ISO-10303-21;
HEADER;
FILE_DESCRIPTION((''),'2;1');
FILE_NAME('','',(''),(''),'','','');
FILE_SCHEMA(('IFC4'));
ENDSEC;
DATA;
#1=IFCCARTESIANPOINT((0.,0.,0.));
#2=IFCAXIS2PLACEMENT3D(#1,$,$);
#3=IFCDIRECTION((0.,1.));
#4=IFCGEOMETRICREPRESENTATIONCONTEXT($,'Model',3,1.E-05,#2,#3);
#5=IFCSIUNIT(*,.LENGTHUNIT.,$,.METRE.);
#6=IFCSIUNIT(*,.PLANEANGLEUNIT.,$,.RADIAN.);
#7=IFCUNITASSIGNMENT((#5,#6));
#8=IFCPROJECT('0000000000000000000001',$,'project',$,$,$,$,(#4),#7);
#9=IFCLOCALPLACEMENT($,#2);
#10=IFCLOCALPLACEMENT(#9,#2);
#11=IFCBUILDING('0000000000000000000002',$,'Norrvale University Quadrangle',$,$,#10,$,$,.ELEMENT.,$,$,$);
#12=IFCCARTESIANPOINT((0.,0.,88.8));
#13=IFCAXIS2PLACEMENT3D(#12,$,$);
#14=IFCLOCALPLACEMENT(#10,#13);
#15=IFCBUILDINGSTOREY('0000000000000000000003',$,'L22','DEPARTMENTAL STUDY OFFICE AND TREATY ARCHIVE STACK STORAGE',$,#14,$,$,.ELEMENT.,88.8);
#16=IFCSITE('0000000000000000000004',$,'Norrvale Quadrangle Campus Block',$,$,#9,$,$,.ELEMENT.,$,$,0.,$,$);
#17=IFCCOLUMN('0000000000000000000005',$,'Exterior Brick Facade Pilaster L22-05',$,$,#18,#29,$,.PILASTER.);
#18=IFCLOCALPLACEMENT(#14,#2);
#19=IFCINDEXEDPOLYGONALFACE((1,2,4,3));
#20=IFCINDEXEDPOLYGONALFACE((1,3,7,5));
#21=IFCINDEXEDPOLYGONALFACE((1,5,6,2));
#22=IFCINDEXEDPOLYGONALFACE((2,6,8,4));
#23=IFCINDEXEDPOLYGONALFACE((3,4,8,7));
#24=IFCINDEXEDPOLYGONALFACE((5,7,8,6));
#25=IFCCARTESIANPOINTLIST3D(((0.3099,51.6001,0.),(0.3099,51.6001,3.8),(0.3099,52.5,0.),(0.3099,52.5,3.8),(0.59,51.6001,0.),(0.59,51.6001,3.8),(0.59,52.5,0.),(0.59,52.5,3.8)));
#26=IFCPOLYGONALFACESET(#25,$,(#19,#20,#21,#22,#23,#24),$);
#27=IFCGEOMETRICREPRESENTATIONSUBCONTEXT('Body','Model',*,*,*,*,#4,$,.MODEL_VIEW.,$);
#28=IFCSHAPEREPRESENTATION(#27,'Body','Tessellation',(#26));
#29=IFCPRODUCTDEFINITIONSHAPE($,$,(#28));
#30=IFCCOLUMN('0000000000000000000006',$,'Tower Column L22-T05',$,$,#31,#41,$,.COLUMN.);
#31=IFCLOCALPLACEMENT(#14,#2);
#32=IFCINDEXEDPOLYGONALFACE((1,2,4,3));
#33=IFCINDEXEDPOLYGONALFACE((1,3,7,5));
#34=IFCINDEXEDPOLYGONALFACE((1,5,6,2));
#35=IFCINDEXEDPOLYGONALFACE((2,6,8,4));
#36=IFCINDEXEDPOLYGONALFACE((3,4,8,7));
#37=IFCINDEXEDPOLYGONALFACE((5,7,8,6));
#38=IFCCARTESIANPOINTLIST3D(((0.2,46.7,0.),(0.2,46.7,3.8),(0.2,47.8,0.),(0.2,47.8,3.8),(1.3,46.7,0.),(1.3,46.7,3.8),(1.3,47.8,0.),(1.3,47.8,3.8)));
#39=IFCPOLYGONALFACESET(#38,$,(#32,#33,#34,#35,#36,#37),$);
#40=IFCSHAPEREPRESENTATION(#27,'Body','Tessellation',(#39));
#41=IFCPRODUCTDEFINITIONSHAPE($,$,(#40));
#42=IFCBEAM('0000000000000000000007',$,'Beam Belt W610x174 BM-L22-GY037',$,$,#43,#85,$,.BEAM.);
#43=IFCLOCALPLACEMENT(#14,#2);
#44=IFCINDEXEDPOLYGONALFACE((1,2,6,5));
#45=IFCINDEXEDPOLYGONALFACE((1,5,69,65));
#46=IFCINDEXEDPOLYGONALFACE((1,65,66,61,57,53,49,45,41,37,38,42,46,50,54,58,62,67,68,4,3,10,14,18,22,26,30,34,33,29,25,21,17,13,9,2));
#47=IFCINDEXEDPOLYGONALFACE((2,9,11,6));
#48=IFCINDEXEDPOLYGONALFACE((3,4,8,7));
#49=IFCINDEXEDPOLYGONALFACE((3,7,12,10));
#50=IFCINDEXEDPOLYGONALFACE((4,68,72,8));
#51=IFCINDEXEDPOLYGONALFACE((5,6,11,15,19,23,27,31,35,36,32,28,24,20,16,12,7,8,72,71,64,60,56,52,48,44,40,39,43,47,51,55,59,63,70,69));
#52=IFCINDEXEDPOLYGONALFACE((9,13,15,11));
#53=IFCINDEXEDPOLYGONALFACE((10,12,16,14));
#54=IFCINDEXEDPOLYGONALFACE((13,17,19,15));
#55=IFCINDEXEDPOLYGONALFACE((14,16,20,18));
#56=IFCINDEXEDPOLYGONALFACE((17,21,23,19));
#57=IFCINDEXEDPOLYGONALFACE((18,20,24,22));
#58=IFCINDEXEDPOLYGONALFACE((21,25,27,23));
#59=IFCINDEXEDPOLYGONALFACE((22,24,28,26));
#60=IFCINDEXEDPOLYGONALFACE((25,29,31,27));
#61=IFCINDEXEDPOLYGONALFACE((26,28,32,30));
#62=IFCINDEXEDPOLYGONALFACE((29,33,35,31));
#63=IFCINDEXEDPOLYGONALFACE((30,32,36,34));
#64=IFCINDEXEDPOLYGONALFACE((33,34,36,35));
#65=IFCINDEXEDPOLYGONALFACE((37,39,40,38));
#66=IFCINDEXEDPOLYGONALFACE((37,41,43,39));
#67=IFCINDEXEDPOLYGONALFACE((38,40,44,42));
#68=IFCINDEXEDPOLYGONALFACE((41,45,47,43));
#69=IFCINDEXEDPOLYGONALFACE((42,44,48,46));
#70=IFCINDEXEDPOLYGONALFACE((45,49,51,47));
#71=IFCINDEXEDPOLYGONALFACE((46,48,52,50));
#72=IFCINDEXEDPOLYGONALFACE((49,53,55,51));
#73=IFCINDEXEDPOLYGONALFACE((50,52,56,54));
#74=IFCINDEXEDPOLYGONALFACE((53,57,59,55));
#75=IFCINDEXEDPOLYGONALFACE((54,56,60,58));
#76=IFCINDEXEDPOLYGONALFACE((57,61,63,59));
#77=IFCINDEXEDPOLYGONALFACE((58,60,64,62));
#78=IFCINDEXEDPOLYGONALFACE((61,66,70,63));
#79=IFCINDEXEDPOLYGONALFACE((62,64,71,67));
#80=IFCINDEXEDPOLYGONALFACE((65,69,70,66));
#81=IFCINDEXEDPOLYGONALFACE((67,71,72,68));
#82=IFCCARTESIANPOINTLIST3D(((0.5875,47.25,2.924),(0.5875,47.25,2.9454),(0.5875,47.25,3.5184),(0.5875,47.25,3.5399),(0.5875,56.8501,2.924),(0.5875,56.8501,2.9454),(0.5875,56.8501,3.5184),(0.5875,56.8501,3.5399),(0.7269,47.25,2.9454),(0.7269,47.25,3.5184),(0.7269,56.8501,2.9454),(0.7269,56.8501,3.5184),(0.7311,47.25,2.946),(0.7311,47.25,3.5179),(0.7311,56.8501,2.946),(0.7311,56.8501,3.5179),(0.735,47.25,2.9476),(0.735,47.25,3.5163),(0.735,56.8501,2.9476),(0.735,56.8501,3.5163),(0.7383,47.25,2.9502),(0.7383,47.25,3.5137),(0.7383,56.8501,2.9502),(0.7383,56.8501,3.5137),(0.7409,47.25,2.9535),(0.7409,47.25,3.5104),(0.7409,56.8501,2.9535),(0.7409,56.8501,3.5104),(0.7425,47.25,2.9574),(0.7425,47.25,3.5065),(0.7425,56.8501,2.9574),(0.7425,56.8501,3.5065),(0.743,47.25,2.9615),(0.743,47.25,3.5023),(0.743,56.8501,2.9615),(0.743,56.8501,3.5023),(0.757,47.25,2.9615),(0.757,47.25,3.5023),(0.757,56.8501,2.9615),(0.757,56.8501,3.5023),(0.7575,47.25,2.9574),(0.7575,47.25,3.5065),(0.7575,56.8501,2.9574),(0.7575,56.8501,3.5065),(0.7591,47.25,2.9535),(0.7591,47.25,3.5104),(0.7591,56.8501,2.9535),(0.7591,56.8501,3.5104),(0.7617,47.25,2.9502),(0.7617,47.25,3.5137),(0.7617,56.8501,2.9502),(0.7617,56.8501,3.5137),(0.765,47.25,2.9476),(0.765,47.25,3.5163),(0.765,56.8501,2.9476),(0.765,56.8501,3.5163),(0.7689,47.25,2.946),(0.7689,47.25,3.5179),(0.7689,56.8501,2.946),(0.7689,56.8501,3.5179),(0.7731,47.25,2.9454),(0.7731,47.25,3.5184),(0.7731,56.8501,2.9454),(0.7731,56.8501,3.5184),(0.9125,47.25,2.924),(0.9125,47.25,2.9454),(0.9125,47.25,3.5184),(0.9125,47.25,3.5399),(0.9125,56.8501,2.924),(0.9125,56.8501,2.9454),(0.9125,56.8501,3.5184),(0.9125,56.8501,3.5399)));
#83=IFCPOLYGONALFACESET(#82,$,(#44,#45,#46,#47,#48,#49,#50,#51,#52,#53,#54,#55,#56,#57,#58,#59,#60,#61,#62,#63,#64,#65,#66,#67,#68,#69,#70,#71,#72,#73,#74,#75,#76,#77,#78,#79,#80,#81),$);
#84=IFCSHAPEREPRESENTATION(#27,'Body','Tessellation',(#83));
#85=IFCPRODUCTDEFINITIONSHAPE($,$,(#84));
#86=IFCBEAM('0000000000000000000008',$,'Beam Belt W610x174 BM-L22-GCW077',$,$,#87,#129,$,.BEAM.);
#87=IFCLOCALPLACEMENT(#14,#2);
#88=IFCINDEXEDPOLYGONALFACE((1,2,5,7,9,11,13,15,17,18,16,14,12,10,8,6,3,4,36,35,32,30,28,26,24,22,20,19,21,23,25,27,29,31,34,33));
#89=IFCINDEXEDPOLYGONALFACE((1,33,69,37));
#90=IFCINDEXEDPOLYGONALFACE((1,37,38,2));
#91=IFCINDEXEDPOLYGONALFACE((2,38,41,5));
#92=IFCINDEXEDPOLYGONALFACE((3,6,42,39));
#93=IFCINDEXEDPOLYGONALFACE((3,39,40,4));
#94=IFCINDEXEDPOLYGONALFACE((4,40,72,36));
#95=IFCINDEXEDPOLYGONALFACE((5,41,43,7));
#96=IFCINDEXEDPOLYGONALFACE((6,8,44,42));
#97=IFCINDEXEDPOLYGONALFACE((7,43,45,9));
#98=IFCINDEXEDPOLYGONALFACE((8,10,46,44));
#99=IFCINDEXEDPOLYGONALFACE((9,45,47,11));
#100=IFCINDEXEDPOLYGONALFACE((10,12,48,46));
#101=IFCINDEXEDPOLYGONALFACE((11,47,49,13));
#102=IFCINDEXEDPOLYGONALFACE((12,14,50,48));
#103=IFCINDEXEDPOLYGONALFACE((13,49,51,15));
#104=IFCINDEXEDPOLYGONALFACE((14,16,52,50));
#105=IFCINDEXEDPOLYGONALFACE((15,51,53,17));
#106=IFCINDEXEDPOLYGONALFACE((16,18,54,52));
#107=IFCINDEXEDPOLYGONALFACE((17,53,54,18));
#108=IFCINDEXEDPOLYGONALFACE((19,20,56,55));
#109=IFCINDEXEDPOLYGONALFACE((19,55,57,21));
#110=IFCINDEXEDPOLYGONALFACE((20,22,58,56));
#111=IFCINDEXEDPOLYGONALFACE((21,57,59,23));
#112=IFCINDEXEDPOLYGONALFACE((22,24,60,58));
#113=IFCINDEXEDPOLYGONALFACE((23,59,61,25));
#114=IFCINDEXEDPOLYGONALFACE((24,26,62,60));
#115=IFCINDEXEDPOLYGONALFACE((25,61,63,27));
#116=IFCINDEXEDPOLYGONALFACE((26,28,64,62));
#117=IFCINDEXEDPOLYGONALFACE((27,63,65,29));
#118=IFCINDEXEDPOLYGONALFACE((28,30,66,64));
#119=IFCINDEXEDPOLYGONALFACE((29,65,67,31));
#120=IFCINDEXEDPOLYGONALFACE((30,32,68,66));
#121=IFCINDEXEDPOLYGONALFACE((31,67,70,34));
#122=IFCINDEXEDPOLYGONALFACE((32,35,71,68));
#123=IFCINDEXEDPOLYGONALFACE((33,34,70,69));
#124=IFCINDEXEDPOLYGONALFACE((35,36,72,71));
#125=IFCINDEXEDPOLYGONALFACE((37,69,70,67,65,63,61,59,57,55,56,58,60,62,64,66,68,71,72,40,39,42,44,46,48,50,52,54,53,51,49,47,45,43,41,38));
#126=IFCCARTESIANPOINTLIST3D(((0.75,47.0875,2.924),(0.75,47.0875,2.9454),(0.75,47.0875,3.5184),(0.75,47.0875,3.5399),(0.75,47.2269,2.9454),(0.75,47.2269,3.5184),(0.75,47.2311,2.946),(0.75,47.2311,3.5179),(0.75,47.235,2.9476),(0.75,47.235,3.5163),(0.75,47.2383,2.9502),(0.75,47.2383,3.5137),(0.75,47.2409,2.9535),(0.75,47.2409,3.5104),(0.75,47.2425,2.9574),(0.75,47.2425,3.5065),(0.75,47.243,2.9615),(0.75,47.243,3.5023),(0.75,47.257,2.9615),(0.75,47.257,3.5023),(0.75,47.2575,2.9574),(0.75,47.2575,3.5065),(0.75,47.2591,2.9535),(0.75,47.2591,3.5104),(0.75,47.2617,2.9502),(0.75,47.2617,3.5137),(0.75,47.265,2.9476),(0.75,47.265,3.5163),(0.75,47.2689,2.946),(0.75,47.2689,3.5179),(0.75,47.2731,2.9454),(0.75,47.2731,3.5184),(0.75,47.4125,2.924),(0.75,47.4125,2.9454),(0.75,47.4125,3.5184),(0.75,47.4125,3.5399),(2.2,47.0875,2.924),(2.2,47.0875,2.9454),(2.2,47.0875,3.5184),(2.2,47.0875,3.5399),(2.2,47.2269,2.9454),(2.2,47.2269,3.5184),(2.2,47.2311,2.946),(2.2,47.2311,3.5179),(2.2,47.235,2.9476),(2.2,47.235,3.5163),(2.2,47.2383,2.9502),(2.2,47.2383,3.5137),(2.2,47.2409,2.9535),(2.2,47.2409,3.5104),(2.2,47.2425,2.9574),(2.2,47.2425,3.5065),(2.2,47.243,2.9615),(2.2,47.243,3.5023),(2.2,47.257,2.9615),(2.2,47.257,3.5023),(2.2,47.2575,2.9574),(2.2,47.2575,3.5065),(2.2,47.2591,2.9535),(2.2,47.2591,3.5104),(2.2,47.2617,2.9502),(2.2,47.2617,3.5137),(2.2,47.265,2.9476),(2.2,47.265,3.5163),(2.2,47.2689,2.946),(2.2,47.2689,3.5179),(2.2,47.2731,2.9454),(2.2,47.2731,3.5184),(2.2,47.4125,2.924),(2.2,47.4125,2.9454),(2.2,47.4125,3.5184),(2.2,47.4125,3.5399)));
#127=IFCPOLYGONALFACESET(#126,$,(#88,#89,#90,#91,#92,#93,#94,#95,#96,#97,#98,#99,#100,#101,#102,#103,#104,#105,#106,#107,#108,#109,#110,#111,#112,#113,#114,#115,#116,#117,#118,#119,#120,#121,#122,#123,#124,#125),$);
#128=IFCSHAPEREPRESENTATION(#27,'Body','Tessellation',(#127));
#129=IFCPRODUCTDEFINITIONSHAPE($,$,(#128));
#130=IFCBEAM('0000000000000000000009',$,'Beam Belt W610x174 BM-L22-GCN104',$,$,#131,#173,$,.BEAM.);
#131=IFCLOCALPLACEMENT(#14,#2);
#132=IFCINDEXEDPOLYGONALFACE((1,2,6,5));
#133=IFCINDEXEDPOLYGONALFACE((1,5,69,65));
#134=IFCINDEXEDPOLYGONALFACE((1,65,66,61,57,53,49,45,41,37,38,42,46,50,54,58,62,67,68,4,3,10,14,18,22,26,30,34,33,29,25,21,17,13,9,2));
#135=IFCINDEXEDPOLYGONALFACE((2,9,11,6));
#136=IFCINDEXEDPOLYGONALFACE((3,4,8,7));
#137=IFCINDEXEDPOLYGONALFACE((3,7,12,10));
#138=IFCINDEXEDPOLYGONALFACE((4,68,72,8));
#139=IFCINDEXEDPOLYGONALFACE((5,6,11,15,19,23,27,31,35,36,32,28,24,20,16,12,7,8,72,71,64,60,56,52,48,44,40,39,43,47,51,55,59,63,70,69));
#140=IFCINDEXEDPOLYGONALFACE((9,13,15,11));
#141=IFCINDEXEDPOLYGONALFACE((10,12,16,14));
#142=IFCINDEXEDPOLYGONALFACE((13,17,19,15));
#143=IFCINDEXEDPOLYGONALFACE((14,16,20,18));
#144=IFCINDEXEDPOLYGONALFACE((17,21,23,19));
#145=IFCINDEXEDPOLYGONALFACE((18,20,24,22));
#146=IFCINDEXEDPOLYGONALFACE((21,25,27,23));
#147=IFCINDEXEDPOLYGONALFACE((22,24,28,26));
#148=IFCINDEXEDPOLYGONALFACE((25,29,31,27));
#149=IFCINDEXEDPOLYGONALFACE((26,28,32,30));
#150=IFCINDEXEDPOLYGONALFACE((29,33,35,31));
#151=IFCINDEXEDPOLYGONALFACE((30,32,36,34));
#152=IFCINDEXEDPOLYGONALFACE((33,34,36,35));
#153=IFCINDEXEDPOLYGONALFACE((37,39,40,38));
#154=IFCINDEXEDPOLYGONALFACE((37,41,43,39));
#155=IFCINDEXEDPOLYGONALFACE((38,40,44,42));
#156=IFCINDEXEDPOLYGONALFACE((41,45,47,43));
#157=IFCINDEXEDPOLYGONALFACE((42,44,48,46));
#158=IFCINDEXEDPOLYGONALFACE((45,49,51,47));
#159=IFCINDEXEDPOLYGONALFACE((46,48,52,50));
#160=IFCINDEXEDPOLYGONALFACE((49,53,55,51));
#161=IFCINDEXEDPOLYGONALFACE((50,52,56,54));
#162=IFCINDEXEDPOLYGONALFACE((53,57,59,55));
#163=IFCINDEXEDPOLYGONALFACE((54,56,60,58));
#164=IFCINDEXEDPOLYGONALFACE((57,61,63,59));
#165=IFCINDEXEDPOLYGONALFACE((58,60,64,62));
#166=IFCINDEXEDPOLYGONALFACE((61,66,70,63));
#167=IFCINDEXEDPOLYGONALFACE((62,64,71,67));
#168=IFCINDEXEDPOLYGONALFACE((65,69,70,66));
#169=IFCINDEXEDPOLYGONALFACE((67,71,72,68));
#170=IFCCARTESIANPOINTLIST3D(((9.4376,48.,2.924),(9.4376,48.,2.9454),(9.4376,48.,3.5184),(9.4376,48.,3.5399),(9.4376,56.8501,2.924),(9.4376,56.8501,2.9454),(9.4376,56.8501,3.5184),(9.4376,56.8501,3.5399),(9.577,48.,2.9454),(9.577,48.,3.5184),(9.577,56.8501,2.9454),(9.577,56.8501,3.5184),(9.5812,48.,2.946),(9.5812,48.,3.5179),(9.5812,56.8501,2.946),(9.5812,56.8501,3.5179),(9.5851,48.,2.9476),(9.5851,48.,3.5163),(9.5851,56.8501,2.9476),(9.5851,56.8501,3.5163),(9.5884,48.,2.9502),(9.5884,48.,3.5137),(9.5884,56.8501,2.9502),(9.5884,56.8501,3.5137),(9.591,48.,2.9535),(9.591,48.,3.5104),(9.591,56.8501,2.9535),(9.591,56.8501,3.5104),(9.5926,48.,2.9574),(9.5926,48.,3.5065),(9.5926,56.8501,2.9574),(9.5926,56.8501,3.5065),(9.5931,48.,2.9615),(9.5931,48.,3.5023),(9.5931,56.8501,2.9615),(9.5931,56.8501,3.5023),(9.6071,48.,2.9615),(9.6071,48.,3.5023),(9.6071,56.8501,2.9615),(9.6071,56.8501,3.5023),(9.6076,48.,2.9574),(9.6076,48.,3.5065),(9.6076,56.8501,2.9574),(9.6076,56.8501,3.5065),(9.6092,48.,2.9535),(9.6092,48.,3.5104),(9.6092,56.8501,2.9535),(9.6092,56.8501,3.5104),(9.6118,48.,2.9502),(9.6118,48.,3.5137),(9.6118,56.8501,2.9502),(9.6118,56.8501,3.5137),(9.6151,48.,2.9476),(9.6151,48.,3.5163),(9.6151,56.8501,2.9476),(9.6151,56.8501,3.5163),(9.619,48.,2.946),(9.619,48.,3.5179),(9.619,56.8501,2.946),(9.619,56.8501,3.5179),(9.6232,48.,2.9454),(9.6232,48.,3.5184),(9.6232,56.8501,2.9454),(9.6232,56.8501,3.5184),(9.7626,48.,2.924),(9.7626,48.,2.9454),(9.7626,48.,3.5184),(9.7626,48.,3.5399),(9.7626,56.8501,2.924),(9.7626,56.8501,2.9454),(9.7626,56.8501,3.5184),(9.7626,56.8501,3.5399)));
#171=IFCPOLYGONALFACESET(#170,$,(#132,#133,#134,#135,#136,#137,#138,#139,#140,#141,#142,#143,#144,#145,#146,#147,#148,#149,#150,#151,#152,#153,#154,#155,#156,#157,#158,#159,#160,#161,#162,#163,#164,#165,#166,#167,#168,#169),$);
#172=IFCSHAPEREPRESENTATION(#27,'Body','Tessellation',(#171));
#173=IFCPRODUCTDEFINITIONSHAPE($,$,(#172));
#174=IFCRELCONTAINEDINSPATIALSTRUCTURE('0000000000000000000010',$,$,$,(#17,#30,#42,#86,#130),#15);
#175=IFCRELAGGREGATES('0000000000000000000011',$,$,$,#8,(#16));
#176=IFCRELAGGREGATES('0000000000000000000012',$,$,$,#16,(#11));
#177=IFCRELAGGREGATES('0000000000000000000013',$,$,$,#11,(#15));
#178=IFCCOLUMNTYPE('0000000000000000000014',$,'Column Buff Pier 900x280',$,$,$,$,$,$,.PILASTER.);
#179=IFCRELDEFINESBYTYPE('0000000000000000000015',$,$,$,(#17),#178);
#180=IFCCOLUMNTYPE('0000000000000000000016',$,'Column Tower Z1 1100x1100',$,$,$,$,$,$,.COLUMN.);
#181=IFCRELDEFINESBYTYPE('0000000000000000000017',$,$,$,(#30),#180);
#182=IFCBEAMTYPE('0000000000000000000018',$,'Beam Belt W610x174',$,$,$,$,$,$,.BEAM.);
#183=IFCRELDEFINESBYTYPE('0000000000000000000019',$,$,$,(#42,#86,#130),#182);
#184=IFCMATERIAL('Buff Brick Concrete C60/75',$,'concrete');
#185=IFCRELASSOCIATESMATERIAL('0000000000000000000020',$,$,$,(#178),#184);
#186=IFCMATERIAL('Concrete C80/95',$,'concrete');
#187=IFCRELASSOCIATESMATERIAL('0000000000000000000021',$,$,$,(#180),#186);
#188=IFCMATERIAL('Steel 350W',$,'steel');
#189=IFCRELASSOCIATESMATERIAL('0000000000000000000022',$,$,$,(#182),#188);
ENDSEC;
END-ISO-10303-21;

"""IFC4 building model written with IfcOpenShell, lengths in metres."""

from ifc_helpers import new_model, si_unit, direction, frame, origin, origin_2d, place, context, subcontext, project, spatial, rectangle, i_section, extrude, material, material_profile, profile_set, type_object, element, save


model = new_model("IFC4")

# Units and contexts
model_context = context("Model", 3, precision=1e-05, world=origin(), true_north=direction((0.0, 1.0)))
body_context = subcontext(model_context, "Body", "Model", "MODEL_VIEW")
ifc_project = project(units=[si_unit("LENGTHUNIT", "METRE"), si_unit("PLANEANGLEUNIT", "RADIAN")], contexts=[model_context])

# Site, building, storey
site_placement = place(None, origin())
site = spatial("IfcSite", under=ifc_project, at=site_placement, Name="Norrvale Quadrangle Campus Block", CompositionType="ELEMENT", RefElevation=0.0)
building_placement = place(site_placement, origin())
building = spatial("IfcBuilding", under=site, at=building_placement, Name="Norrvale University Quadrangle", CompositionType="ELEMENT")
storey_placement = place(building_placement, frame((0.0, 0.0, 88.8)))
storey = spatial("IfcBuildingStorey", under=building, at=storey_placement, Name="L22", Description="DEPARTMENTAL STUDY OFFICE AND TREATY ARCHIVE STACK STORAGE", CompositionType="ELEMENT", Elevation=88.8)

# Columns
ifc_material_1 = material(Name="Buff Brick Concrete C60/75", Category="concrete")
ifc_material_profile_1 = material_profile(ifc_material_1, rectangle(XDim=0.8999, YDim=0.28, at=origin_2d()), Name="Buff Brick Concrete C60/75")
ifc_profile_set_1 = profile_set([ifc_material_profile_1], Name="Buff Brick Concrete C60/75")
column_type_1 = type_object("IfcColumnType", Name="Column Buff Pier 900x280", PredefinedType="PILASTER", material=ifc_profile_set_1)
column_1_placement = place(storey_placement, frame((0.45, 52.05, 0.0), z_axis=(0.0, 0.0, 1.0), x_axis=(0.0, 1.0, 0.0)))
element("IfcColumn", 1, at=column_1_placement, inside=storey, type_object=column_type_1, Name="Exterior Brick Facade Pilaster L22-05", PredefinedType="PILASTER", context=body_context, shape_type="SweptSolid", body=[
    extrude(rectangle(XDim=0.8999, YDim=0.28, at=origin_2d()), origin(), (0.0, 0.0, 1.0), 3.8),
])
ifc_material_2 = material(Name="Concrete C80/95", Category="concrete")
ifc_material_profile_2 = material_profile(ifc_material_2, rectangle(XDim=1.1001, YDim=1.1001, at=origin_2d()), Name="Concrete C80/95")
ifc_profile_set_2 = profile_set([ifc_material_profile_2], Name="Concrete C80/95")
column_type_2 = type_object("IfcColumnType", Name="Column Tower Z1 1100x1100", PredefinedType="COLUMN", material=ifc_profile_set_2)
column_2_placement = place(storey_placement, frame((0.75, 47.25, 0.0), z_axis=(0.0, 0.0, 1.0), x_axis=(1.0, 0.0, 0.0)))
element("IfcColumn", 2, at=column_2_placement, inside=storey, type_object=column_type_2, Name="Tower Column L22-T05", PredefinedType="COLUMN", context=body_context, shape_type="SweptSolid", body=[
    extrude(rectangle(XDim=1.1001, YDim=1.1001, at=origin_2d()), origin(), (0.0, 0.0, 1.0), 3.8),
])

# Beams
ifc_material_3 = material(Name="Steel 350W", Category="steel")
ifc_material_profile_3 = material_profile(ifc_material_3, i_section(OverallWidth=0.325, OverallDepth=0.616, WebThickness=0.0139, FlangeThickness=0.0215, FilletRadius=0.0161, at=origin_2d()), Name="Steel 350W")
ifc_profile_set_3 = profile_set([ifc_material_profile_3], Name="Steel 350W")
beam_type_1 = type_object("IfcBeamType", Name="Beam Belt W610x174", PredefinedType="BEAM", material=ifc_profile_set_3)
beam_1_placement = place(storey_placement, frame((0.75, 47.25, 3.2319), z_axis=(0.0, 1.0, 0.0), x_axis=(-1.0, 0.0, 0.0)))
element("IfcBeam", 3, at=beam_1_placement, inside=storey, type_object=beam_type_1, Name="Beam Belt W610x174 BM-L22-GY037", PredefinedType="BEAM", context=body_context, shape_type="SweptSolid", body=[
    extrude(i_section(OverallWidth=0.325, OverallDepth=0.616, WebThickness=0.0139, FlangeThickness=0.0215, FilletRadius=0.0161, at=origin_2d()), origin(), (0.0, 0.0, 1.0), 9.6001),
])
beam_2_placement = place(storey_placement, frame((0.75, 47.25, 3.2319), z_axis=(1.0, 0.0, 0.0), x_axis=(0.0, 1.0, 0.0)))
element("IfcBeam", 4, at=beam_2_placement, inside=storey, type_object=beam_type_1, Name="Beam Belt W610x174 BM-L22-GCW077", PredefinedType="BEAM", context=body_context, shape_type="SweptSolid", body=[
    extrude(i_section(OverallWidth=0.325, OverallDepth=0.616, WebThickness=0.0139, FlangeThickness=0.0215, FilletRadius=0.0161, at=origin_2d()), origin(), (0.0, 0.0, 1.0), 1.45),
])
beam_3_placement = place(storey_placement, frame((9.6001, 48.0, 3.2319), z_axis=(0.0, 1.0, 0.0), x_axis=(-1.0, 0.0, 0.0)))
element("IfcBeam", 5, at=beam_3_placement, inside=storey, type_object=beam_type_1, Name="Beam Belt W610x174 BM-L22-GCN104", PredefinedType="BEAM", context=body_context, shape_type="SweptSolid", body=[
    extrude(i_section(OverallWidth=0.325, OverallDepth=0.616, WebThickness=0.0139, FlangeThickness=0.0215, FilletRadius=0.0161, at=origin_2d()), origin(), (0.0, 0.0, 1.0), 8.8501),
])

save(model, "model.ifc")
